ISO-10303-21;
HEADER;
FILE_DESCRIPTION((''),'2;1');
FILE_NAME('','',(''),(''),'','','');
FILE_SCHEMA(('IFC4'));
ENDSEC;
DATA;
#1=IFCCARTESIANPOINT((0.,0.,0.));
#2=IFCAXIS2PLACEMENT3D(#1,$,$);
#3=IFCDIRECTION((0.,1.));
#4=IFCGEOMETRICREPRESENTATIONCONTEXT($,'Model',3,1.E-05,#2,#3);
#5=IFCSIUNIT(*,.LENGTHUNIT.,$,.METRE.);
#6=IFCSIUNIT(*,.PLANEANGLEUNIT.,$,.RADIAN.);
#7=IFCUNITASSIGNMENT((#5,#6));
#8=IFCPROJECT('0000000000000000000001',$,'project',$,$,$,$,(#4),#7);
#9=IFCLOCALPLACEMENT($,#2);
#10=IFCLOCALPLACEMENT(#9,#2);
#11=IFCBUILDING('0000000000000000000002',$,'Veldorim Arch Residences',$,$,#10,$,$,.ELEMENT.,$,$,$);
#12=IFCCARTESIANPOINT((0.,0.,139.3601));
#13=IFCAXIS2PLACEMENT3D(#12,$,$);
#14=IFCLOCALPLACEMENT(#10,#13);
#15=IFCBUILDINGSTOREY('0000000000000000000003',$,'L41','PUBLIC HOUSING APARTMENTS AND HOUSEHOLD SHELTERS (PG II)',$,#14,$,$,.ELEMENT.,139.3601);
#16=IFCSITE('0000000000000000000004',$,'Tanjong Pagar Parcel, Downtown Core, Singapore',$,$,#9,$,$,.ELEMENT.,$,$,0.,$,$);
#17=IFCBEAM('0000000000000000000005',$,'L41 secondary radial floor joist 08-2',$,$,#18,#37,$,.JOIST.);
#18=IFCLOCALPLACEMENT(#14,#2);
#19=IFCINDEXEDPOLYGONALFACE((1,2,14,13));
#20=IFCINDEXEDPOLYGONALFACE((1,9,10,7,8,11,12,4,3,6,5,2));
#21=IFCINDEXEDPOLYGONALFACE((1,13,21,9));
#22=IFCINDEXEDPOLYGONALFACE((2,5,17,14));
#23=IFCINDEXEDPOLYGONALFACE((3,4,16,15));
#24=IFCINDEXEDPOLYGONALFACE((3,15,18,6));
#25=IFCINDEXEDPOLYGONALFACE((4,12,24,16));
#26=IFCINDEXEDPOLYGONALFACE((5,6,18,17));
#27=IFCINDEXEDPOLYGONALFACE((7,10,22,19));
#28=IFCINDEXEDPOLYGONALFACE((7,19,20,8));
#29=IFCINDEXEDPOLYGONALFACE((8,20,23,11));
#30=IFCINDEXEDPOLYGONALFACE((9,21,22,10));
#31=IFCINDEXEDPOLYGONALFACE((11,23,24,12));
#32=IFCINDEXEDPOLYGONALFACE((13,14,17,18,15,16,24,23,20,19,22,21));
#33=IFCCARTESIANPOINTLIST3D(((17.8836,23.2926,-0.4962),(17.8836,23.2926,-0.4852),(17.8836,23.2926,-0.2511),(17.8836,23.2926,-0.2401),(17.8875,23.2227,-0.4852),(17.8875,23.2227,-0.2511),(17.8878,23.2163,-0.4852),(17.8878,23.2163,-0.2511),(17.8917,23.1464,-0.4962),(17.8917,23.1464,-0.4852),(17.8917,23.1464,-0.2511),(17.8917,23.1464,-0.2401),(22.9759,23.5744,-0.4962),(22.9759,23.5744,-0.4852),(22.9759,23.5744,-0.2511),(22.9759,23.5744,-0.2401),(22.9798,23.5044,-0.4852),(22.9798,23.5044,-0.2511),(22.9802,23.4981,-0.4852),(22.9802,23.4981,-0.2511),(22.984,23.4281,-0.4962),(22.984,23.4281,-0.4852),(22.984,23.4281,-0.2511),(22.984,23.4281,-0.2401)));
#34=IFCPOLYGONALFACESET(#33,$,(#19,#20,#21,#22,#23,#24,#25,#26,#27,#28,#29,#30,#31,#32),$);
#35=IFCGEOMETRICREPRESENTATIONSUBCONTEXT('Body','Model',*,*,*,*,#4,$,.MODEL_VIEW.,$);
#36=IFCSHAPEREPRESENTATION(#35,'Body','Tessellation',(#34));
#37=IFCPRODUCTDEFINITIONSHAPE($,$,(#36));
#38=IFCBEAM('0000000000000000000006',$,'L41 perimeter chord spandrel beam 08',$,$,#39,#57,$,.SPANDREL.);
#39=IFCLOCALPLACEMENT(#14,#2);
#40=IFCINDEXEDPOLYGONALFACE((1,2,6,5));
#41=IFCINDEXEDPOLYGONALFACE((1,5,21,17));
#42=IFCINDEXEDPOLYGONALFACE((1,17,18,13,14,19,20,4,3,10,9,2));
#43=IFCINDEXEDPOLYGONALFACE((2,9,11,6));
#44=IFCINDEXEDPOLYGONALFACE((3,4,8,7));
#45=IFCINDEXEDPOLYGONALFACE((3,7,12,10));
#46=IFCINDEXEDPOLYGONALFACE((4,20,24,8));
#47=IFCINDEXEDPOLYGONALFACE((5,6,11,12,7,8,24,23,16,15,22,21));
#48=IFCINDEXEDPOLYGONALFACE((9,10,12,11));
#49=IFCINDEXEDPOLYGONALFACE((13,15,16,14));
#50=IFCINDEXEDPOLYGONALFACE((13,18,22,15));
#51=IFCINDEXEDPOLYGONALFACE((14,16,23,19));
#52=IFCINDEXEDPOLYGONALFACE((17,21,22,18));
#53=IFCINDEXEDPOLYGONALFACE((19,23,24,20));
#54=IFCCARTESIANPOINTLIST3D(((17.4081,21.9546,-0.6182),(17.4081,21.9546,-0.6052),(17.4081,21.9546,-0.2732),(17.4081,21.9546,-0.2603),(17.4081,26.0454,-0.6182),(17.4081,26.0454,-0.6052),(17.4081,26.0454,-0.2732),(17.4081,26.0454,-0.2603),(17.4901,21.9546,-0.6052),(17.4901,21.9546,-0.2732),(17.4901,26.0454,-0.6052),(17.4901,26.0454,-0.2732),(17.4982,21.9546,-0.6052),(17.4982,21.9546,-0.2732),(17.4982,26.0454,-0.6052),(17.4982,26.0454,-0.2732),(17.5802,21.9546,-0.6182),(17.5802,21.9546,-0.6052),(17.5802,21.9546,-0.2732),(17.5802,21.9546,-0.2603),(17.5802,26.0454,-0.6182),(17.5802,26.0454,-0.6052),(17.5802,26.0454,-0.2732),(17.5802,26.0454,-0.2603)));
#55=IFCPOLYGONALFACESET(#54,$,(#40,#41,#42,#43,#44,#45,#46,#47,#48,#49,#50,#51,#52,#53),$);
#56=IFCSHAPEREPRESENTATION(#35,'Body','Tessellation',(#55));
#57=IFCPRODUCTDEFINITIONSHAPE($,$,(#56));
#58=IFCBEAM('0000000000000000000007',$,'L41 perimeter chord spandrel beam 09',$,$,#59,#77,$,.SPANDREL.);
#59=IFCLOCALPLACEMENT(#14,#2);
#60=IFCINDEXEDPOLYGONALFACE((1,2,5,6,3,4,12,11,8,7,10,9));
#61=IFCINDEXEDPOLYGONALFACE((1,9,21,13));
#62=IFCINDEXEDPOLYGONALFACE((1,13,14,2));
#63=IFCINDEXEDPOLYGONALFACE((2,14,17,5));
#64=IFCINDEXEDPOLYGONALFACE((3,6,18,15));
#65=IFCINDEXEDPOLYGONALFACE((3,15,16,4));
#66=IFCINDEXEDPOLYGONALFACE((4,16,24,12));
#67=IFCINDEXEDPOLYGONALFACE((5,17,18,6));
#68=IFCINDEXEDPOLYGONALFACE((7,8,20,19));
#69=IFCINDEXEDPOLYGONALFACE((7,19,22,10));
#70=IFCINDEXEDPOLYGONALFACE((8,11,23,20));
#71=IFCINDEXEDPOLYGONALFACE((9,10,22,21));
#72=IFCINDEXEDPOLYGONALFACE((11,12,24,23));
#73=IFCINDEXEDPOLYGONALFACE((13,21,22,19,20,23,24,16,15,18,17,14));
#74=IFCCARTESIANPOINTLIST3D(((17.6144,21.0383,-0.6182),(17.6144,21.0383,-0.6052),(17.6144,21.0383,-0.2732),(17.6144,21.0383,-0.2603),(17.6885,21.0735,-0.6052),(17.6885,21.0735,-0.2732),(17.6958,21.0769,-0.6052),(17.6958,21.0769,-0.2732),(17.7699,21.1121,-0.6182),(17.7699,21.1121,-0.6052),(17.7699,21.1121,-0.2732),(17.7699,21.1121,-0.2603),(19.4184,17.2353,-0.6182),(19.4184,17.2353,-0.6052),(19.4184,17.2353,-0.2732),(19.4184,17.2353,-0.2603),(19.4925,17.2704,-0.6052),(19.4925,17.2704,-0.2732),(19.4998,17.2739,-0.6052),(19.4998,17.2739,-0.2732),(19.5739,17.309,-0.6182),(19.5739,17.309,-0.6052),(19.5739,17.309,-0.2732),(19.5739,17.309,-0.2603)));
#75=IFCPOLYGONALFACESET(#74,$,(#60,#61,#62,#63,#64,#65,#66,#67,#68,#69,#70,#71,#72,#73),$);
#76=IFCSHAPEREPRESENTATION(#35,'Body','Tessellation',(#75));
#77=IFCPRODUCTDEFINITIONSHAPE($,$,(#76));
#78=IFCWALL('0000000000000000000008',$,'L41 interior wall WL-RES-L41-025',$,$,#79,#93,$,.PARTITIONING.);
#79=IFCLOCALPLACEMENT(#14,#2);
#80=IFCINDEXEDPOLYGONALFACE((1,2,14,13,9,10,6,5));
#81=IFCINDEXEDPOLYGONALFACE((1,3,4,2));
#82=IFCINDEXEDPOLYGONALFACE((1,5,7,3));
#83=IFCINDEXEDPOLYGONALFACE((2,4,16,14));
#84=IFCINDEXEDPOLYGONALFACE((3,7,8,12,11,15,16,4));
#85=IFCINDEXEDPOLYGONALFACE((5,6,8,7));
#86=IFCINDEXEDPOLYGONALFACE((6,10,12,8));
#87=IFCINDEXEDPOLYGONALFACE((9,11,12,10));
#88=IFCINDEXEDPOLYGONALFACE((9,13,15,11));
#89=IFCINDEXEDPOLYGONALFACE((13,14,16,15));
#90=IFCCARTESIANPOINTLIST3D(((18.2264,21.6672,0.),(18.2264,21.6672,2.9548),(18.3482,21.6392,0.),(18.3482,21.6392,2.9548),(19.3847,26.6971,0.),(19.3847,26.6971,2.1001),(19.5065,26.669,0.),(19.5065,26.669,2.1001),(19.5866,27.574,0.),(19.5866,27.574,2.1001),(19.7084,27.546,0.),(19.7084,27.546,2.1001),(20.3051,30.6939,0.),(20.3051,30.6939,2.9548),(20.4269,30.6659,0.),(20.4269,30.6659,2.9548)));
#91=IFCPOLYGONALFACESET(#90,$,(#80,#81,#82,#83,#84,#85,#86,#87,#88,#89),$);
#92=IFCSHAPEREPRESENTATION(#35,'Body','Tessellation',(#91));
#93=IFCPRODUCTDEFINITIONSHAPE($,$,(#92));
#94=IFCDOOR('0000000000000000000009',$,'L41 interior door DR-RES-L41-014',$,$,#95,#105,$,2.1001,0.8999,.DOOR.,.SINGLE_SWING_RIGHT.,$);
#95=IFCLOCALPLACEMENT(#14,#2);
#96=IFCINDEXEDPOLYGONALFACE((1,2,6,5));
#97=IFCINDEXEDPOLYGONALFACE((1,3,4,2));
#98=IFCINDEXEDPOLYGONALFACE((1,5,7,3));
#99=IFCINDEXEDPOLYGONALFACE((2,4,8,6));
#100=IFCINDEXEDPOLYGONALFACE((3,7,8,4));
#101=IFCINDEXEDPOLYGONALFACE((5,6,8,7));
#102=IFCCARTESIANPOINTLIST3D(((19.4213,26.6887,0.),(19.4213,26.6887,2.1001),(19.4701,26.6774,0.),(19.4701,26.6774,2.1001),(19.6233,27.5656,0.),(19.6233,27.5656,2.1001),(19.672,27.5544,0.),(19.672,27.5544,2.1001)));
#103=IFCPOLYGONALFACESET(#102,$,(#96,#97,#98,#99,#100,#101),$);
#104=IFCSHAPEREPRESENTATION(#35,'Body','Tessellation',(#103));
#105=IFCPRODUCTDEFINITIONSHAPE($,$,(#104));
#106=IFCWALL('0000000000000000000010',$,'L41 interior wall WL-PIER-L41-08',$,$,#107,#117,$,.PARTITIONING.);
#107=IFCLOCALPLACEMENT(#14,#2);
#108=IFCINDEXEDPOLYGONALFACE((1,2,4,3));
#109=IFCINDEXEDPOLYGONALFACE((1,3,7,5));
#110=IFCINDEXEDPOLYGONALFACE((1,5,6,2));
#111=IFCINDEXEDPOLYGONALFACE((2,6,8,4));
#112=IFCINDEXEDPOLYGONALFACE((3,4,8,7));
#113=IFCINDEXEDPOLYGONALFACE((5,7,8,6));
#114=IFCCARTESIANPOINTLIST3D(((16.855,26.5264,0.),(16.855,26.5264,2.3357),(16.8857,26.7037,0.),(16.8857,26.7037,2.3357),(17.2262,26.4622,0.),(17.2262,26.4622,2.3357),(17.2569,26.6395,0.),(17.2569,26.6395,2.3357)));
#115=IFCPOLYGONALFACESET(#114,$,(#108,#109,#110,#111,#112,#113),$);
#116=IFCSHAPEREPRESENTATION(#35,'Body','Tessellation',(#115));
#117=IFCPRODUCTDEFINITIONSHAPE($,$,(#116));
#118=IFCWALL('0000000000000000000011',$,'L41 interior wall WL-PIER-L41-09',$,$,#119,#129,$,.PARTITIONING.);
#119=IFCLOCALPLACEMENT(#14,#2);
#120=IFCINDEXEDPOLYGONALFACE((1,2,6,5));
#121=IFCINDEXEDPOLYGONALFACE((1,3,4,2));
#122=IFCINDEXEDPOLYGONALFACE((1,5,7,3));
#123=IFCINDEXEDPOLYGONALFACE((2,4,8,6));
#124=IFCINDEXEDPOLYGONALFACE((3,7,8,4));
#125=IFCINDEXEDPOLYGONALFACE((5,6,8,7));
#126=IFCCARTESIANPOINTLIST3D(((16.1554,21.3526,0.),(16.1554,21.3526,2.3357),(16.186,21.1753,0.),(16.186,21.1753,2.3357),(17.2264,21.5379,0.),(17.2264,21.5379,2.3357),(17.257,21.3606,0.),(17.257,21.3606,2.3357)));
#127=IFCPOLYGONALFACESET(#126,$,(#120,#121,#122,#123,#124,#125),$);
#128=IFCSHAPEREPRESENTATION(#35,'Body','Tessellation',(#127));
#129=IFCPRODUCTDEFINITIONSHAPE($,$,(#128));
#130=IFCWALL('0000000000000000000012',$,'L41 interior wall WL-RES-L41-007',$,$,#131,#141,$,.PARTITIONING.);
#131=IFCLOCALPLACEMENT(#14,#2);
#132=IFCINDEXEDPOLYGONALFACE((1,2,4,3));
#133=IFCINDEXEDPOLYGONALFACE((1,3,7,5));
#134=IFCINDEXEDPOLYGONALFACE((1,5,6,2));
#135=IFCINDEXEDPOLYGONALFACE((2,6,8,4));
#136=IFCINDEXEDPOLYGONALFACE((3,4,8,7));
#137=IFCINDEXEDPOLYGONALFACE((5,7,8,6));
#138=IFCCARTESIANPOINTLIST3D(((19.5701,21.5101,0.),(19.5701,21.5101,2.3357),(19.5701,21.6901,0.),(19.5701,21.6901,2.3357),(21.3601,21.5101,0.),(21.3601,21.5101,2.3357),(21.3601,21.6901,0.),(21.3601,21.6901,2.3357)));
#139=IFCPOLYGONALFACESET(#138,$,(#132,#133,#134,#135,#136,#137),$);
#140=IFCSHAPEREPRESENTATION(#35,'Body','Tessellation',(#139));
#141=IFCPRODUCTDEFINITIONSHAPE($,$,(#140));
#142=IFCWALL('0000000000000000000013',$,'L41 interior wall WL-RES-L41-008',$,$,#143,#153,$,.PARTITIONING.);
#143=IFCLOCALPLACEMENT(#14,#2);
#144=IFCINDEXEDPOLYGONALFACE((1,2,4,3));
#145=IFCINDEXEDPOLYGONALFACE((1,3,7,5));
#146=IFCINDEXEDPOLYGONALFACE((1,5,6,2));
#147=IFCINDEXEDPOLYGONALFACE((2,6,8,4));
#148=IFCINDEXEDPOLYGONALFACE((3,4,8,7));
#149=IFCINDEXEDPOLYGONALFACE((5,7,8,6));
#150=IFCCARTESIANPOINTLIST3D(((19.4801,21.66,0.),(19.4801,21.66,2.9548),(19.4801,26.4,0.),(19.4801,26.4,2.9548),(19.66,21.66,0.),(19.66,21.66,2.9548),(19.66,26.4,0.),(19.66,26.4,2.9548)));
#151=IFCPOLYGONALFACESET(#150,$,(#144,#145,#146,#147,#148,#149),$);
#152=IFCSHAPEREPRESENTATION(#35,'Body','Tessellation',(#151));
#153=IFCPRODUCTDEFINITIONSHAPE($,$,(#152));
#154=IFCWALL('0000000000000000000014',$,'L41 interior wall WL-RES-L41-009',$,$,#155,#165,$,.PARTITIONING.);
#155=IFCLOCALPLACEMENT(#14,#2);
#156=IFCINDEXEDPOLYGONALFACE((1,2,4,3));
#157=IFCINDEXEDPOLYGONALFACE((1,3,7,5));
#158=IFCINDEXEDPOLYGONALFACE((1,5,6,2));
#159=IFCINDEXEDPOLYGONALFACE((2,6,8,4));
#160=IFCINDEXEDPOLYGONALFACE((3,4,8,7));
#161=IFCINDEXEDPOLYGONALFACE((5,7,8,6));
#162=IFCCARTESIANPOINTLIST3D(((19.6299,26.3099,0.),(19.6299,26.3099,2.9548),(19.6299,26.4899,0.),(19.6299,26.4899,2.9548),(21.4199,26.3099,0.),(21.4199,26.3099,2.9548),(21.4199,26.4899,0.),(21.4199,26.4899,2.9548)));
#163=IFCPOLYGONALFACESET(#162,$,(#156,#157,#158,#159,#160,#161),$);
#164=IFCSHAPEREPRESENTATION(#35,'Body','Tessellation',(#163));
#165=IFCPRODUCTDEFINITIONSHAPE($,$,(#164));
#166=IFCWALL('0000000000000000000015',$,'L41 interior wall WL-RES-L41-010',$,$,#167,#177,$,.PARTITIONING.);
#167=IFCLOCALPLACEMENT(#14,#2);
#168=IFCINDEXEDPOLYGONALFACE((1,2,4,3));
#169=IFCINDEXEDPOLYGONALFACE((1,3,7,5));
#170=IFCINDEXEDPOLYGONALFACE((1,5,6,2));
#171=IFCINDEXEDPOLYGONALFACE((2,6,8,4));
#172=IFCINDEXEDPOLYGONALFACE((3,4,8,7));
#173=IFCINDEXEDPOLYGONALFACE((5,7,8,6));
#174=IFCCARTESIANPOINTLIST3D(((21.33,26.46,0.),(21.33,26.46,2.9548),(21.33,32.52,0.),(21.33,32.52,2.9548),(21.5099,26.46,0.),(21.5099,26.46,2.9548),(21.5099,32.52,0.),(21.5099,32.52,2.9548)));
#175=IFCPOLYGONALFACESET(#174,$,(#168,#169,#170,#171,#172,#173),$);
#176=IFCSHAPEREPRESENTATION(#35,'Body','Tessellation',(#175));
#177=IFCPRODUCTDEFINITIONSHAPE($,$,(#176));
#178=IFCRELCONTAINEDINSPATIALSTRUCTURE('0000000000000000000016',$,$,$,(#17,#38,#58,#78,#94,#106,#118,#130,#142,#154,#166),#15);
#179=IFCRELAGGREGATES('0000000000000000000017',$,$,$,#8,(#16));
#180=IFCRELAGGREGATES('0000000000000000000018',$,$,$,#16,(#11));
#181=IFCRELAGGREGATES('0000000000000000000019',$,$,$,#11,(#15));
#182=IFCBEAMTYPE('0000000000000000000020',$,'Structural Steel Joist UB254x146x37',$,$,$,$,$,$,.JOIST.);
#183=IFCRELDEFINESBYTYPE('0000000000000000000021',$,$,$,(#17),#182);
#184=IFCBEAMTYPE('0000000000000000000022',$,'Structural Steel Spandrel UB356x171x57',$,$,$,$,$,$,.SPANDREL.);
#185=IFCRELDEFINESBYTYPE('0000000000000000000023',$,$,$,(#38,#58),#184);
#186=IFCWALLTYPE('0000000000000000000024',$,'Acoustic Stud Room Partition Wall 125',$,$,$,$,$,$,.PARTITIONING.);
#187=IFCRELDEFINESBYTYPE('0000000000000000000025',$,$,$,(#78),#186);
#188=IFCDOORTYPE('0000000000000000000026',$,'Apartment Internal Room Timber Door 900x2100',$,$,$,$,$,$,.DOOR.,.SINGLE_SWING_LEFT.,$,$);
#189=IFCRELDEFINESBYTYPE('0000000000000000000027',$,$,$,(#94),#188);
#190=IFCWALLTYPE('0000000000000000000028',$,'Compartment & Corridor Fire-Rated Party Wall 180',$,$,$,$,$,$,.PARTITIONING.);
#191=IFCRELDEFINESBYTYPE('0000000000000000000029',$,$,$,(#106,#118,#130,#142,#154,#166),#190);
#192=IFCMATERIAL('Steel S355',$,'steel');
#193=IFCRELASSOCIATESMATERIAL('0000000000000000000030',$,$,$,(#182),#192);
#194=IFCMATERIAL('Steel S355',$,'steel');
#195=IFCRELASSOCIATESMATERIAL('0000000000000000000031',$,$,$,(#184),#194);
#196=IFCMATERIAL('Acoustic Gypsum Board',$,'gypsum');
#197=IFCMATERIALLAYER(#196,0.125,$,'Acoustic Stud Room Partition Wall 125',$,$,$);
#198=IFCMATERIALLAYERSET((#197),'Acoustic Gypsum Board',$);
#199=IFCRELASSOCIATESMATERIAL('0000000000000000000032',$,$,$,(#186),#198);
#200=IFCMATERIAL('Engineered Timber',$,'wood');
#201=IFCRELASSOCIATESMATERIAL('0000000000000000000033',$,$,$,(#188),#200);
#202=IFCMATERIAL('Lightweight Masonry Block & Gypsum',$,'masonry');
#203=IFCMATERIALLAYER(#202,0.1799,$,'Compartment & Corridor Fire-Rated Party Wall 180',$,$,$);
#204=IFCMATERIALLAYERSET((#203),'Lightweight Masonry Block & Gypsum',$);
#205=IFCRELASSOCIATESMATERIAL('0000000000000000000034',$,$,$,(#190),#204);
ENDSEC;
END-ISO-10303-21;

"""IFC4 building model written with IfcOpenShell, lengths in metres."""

from ifc_helpers import new_model, si_unit, direction, frame, frame_2d, origin, origin_2d, place, context, subcontext, project, spatial, rectangle, i_section, extrude, material, layer, layer_set, material_profile, profile_set, type_object, element, fill, save


model = new_model("IFC4")

# Units and contexts
model_context = context("Model", 3, precision=1e-05, world=origin(), true_north=direction((0.0, 1.0)))
body_context = subcontext(model_context, "Body", "Model", "MODEL_VIEW")
ifc_project = project(units=[si_unit("LENGTHUNIT", "METRE"), si_unit("PLANEANGLEUNIT", "RADIAN")], contexts=[model_context])

# Site, building, storey
site_placement = place(None, origin())
site = spatial("IfcSite", under=ifc_project, at=site_placement, Name="Tanjong Pagar Parcel, Downtown Core, Singapore", CompositionType="ELEMENT", RefElevation=0.0)
building_placement = place(site_placement, origin())
building = spatial("IfcBuilding", under=site, at=building_placement, Name="Veldorim Arch Residences", CompositionType="ELEMENT")
storey_placement = place(building_placement, frame((0.0, 0.0, 139.3601)))
storey = spatial("IfcBuildingStorey", under=building, at=storey_placement, Name="L41", Description="PUBLIC HOUSING APARTMENTS AND HOUSEHOLD SHELTERS (PG II)", CompositionType="ELEMENT", Elevation=139.3601)

# Beams
ifc_material_1 = material(Name="Steel S355", Category="steel")
ifc_material_profile_1 = material_profile(ifc_material_1, i_section(OverallWidth=0.1465, OverallDepth=0.2561, WebThickness=0.0063, FlangeThickness=0.011, at=origin_2d()), Name="UB254x146x37")
ifc_profile_set_1 = profile_set([ifc_material_profile_1], Name="Steel S355")
beam_type_1 = type_object("IfcBeamType", Name="Structural Steel Joist UB254x146x37", PredefinedType="JOIST", material=ifc_profile_set_1)
beam_1_placement = place(storey_placement, frame((22.98, 23.5012, -0.3682), z_axis=(-0.998473, -0.055242, 0.0), x_axis=(0.055242, -0.998473, 0.0)))
element("IfcBeam", 1, at=beam_1_placement, inside=storey, type_object=beam_type_1, Name="L41 secondary radial floor joist 08-2", PredefinedType="JOIST", context=body_context, shape_type="SweptSolid", body=[
    extrude(i_section(OverallWidth=0.1465, OverallDepth=0.2561, WebThickness=0.0063, FlangeThickness=0.011, at=origin_2d()), origin(), (0.0, 0.0, 1.0), 5.1001),
])
ifc_material_2 = material(Name="Steel S355", Category="steel")
ifc_material_profile_2 = material_profile(ifc_material_2, i_section(OverallWidth=0.1721, OverallDepth=0.3579, WebThickness=0.0081, FlangeThickness=0.0129, at=origin_2d()), Name="UB356x171x57")
ifc_profile_set_2 = profile_set([ifc_material_profile_2], Name="Steel S355")
beam_type_2 = type_object("IfcBeamType", Name="Structural Steel Spandrel UB356x171x57", PredefinedType="SPANDREL", material=ifc_profile_set_2)
beam_2_placement = place(storey_placement, frame((17.4941, 26.0454, -0.4392), z_axis=(0.0, -1.0, 0.0), x_axis=(1.0, 0.0, 0.0)))
element("IfcBeam", 2, at=beam_2_placement, inside=storey, type_object=beam_type_2, Name="L41 perimeter chord spandrel beam 08", PredefinedType="SPANDREL", context=body_context, shape_type="SweptSolid", body=[
    extrude(i_section(OverallWidth=0.1721, OverallDepth=0.3579, WebThickness=0.0081, FlangeThickness=0.0129, at=origin_2d()), origin(), (0.0, 0.0, 1.0), 4.0908),
])
beam_3_placement = place(storey_placement, frame((17.6921, 21.0752, -0.4392), z_axis=(0.42858, -0.903504, 0.0), x_axis=(0.903504, 0.42858, 0.0)))
element("IfcBeam", 3, at=beam_3_placement, inside=storey, type_object=beam_type_2, Name="L41 perimeter chord spandrel beam 09", PredefinedType="SPANDREL", context=body_context, shape_type="SweptSolid", body=[
    extrude(i_section(OverallWidth=0.1721, OverallDepth=0.3579, WebThickness=0.0081, FlangeThickness=0.0129, at=origin_2d()), origin(), (0.0, 0.0, 1.0), 4.2092),
])

# Wall, opening, door
ifc_material_3 = material(Name="Acoustic Gypsum Board", Category="gypsum")
ifc_layer_1 = layer(ifc_material_3, 0.125, Name="Acoustic Stud Room Partition Wall 125")
ifc_layer_set_1 = layer_set([ifc_layer_1], Name="Acoustic Gypsum Board")
wall_type_1 = type_object("IfcWallType", Name="Acoustic Stud Room Partition Wall 125", PredefinedType="PARTITIONING", material=ifc_layer_set_1)
wall_1_placement = place(storey_placement, frame((18.2874, 21.6533, 0.0), z_axis=(0.0, 0.0, 1.0), x_axis=(0.224403, 0.974496, 0.0)))
wall_1 = element("IfcWall", 4, at=wall_1_placement, inside=storey, type_object=wall_type_1, Name="L41 interior wall WL-RES-L41-025", PredefinedType="PARTITIONING", context=body_context, shape_type="SweptSolid", body=[
    extrude(rectangle(XDim=9.2629, YDim=0.125, at=frame_2d((4.6313, 0.0))), origin(), (0.0, 0.0, 1.0), 2.9548),
])
opening_placement = place(wall_1_placement, frame((5.1614, 0.0, 0.0)))
opening = element("IfcOpeningElement", 5, at=opening_placement, cuts=wall_1, PredefinedType="OPENING", context=body_context, shape_type="SweptSolid", body=[
    extrude(rectangle(XDim=0.8999, YDim=2.1001, at=frame_2d((0.45, 1.05))), frame((0.0, 0.0725, 0.0), z_axis=(0.0, -1.0, 0.0), x_axis=(1.0, 0.0, 0.0)), (0.0, 0.0, 1.0), 0.145),
])
ifc_material_4 = material(Name="Engineered Timber", Category="wood")
door_type = type_object("IfcDoorType", Name="Apartment Internal Room Timber Door 900x2100", OperationType="SINGLE_SWING_LEFT", PredefinedType="DOOR", material=ifc_material_4)
door_placement = place(opening_placement, origin())
door = element("IfcDoor", 6, at=door_placement, inside=storey, type_object=door_type, Name="L41 interior door DR-RES-L41-014", OperationType="SINGLE_SWING_RIGHT", OverallHeight=2.1001, OverallWidth=0.8999, PredefinedType="DOOR", context=body_context, shape_type="SweptSolid", body=[
    extrude(rectangle(XDim=0.8999, YDim=2.1001, at=frame_2d((0.45, 1.05))), frame((0.0, 0.0249, 0.0), z_axis=(0.0, -1.0, 0.0), x_axis=(1.0, 0.0, 0.0)), (0.0, 0.0, 1.0), 0.05),
])
fill(opening, door)

# Walls
ifc_material_5 = material(Name="Lightweight Masonry Block & Gypsum", Category="masonry")
ifc_layer_2 = layer(ifc_material_5, 0.1799, Name="Compartment & Corridor Fire-Rated Party Wall 180")
ifc_layer_set_2 = layer_set([ifc_layer_2], Name="Lightweight Masonry Block & Gypsum")
wall_type_2 = type_object("IfcWallType", Name="Compartment & Corridor Fire-Rated Party Wall 180", PredefinedType="PARTITIONING", material=ifc_layer_set_2)
wall_2_placement = place(storey_placement, frame((17.2417, 26.5508, 0.0), z_axis=(0.0, 0.0, 1.0), x_axis=(-0.985359, 0.170493, 0.0)))
element("IfcWall", 7, at=wall_2_placement, inside=storey, type_object=wall_type_2, Name="L41 interior wall WL-PIER-L41-08", PredefinedType="PARTITIONING", context=body_context, shape_type="SweptSolid", body=[
    extrude(rectangle(XDim=0.3767, YDim=0.1799, at=frame_2d((0.1885, 0.0))), origin(), (0.0, 0.0, 1.0), 2.3357),
])
wall_3_placement = place(storey_placement, frame((17.2417, 21.4492, 0.0), z_axis=(0.0, 0.0, 1.0), x_axis=(-0.985361, -0.170479, 0.0)))
element("IfcWall", 8, at=wall_3_placement, inside=storey, type_object=wall_type_2, Name="L41 interior wall WL-PIER-L41-09", PredefinedType="PARTITIONING", context=body_context, shape_type="SweptSolid", body=[
    extrude(rectangle(XDim=1.0869, YDim=0.1799, at=frame_2d((0.5435, 0.0))), origin(), (0.0, 0.0, 1.0), 2.3357),
])
wall_4_placement = place(storey_placement, frame((21.3601, 21.6001, 0.0), z_axis=(0.0, 0.0, 1.0), x_axis=(-1.0, 0.0, 0.0)))
element("IfcWall", 9, at=wall_4_placement, inside=storey, type_object=wall_type_2, Name="L41 interior wall WL-RES-L41-007", PredefinedType="PARTITIONING", context=body_context, shape_type="SweptSolid", body=[
    extrude(rectangle(XDim=1.79, YDim=0.1799, at=frame_2d((0.895, 0.0))), origin(), (0.0, 0.0, 1.0), 2.3357),
])
wall_5_placement = place(storey_placement, frame((19.5701, 21.6599, 0.0), z_axis=(0.0, 0.0, 1.0), x_axis=(0.0, 1.0, 0.0)))
element("IfcWall", 10, at=wall_5_placement, inside=storey, type_object=wall_type_2, Name="L41 interior wall WL-RES-L41-008", PredefinedType="PARTITIONING", context=body_context, shape_type="SweptSolid", body=[
    extrude(rectangle(XDim=4.74, YDim=0.1799, at=frame_2d((2.3701, 0.0))), origin(), (0.0, 0.0, 1.0), 2.9548),
])
wall_6_placement = place(storey_placement, frame((19.6299, 26.3999, 0.0), z_axis=(0.0, 0.0, 1.0), x_axis=(1.0, 0.0, 0.0)))
element("IfcWall", 11, at=wall_6_placement, inside=storey, type_object=wall_type_2, Name="L41 interior wall WL-RES-L41-009", PredefinedType="PARTITIONING", context=body_context, shape_type="SweptSolid", body=[
    extrude(rectangle(XDim=1.79, YDim=0.1799, at=frame_2d((0.895, 0.0))), origin(), (0.0, 0.0, 1.0), 2.9548),
])
wall_7_placement = place(storey_placement, frame((21.4199, 26.46, 0.0), z_axis=(0.0, 0.0, 1.0), x_axis=(0.0, 1.0, 0.0)))
element("IfcWall", 12, at=wall_7_placement, inside=storey, type_object=wall_type_2, Name="L41 interior wall WL-RES-L41-010", PredefinedType="PARTITIONING", context=body_context, shape_type="SweptSolid", body=[
    extrude(rectangle(XDim=6.0601, YDim=0.1799, at=frame_2d((3.03, 0.0))), origin(), (0.0, 0.0, 1.0), 2.9548),
])

save(model, "model.ifc")
